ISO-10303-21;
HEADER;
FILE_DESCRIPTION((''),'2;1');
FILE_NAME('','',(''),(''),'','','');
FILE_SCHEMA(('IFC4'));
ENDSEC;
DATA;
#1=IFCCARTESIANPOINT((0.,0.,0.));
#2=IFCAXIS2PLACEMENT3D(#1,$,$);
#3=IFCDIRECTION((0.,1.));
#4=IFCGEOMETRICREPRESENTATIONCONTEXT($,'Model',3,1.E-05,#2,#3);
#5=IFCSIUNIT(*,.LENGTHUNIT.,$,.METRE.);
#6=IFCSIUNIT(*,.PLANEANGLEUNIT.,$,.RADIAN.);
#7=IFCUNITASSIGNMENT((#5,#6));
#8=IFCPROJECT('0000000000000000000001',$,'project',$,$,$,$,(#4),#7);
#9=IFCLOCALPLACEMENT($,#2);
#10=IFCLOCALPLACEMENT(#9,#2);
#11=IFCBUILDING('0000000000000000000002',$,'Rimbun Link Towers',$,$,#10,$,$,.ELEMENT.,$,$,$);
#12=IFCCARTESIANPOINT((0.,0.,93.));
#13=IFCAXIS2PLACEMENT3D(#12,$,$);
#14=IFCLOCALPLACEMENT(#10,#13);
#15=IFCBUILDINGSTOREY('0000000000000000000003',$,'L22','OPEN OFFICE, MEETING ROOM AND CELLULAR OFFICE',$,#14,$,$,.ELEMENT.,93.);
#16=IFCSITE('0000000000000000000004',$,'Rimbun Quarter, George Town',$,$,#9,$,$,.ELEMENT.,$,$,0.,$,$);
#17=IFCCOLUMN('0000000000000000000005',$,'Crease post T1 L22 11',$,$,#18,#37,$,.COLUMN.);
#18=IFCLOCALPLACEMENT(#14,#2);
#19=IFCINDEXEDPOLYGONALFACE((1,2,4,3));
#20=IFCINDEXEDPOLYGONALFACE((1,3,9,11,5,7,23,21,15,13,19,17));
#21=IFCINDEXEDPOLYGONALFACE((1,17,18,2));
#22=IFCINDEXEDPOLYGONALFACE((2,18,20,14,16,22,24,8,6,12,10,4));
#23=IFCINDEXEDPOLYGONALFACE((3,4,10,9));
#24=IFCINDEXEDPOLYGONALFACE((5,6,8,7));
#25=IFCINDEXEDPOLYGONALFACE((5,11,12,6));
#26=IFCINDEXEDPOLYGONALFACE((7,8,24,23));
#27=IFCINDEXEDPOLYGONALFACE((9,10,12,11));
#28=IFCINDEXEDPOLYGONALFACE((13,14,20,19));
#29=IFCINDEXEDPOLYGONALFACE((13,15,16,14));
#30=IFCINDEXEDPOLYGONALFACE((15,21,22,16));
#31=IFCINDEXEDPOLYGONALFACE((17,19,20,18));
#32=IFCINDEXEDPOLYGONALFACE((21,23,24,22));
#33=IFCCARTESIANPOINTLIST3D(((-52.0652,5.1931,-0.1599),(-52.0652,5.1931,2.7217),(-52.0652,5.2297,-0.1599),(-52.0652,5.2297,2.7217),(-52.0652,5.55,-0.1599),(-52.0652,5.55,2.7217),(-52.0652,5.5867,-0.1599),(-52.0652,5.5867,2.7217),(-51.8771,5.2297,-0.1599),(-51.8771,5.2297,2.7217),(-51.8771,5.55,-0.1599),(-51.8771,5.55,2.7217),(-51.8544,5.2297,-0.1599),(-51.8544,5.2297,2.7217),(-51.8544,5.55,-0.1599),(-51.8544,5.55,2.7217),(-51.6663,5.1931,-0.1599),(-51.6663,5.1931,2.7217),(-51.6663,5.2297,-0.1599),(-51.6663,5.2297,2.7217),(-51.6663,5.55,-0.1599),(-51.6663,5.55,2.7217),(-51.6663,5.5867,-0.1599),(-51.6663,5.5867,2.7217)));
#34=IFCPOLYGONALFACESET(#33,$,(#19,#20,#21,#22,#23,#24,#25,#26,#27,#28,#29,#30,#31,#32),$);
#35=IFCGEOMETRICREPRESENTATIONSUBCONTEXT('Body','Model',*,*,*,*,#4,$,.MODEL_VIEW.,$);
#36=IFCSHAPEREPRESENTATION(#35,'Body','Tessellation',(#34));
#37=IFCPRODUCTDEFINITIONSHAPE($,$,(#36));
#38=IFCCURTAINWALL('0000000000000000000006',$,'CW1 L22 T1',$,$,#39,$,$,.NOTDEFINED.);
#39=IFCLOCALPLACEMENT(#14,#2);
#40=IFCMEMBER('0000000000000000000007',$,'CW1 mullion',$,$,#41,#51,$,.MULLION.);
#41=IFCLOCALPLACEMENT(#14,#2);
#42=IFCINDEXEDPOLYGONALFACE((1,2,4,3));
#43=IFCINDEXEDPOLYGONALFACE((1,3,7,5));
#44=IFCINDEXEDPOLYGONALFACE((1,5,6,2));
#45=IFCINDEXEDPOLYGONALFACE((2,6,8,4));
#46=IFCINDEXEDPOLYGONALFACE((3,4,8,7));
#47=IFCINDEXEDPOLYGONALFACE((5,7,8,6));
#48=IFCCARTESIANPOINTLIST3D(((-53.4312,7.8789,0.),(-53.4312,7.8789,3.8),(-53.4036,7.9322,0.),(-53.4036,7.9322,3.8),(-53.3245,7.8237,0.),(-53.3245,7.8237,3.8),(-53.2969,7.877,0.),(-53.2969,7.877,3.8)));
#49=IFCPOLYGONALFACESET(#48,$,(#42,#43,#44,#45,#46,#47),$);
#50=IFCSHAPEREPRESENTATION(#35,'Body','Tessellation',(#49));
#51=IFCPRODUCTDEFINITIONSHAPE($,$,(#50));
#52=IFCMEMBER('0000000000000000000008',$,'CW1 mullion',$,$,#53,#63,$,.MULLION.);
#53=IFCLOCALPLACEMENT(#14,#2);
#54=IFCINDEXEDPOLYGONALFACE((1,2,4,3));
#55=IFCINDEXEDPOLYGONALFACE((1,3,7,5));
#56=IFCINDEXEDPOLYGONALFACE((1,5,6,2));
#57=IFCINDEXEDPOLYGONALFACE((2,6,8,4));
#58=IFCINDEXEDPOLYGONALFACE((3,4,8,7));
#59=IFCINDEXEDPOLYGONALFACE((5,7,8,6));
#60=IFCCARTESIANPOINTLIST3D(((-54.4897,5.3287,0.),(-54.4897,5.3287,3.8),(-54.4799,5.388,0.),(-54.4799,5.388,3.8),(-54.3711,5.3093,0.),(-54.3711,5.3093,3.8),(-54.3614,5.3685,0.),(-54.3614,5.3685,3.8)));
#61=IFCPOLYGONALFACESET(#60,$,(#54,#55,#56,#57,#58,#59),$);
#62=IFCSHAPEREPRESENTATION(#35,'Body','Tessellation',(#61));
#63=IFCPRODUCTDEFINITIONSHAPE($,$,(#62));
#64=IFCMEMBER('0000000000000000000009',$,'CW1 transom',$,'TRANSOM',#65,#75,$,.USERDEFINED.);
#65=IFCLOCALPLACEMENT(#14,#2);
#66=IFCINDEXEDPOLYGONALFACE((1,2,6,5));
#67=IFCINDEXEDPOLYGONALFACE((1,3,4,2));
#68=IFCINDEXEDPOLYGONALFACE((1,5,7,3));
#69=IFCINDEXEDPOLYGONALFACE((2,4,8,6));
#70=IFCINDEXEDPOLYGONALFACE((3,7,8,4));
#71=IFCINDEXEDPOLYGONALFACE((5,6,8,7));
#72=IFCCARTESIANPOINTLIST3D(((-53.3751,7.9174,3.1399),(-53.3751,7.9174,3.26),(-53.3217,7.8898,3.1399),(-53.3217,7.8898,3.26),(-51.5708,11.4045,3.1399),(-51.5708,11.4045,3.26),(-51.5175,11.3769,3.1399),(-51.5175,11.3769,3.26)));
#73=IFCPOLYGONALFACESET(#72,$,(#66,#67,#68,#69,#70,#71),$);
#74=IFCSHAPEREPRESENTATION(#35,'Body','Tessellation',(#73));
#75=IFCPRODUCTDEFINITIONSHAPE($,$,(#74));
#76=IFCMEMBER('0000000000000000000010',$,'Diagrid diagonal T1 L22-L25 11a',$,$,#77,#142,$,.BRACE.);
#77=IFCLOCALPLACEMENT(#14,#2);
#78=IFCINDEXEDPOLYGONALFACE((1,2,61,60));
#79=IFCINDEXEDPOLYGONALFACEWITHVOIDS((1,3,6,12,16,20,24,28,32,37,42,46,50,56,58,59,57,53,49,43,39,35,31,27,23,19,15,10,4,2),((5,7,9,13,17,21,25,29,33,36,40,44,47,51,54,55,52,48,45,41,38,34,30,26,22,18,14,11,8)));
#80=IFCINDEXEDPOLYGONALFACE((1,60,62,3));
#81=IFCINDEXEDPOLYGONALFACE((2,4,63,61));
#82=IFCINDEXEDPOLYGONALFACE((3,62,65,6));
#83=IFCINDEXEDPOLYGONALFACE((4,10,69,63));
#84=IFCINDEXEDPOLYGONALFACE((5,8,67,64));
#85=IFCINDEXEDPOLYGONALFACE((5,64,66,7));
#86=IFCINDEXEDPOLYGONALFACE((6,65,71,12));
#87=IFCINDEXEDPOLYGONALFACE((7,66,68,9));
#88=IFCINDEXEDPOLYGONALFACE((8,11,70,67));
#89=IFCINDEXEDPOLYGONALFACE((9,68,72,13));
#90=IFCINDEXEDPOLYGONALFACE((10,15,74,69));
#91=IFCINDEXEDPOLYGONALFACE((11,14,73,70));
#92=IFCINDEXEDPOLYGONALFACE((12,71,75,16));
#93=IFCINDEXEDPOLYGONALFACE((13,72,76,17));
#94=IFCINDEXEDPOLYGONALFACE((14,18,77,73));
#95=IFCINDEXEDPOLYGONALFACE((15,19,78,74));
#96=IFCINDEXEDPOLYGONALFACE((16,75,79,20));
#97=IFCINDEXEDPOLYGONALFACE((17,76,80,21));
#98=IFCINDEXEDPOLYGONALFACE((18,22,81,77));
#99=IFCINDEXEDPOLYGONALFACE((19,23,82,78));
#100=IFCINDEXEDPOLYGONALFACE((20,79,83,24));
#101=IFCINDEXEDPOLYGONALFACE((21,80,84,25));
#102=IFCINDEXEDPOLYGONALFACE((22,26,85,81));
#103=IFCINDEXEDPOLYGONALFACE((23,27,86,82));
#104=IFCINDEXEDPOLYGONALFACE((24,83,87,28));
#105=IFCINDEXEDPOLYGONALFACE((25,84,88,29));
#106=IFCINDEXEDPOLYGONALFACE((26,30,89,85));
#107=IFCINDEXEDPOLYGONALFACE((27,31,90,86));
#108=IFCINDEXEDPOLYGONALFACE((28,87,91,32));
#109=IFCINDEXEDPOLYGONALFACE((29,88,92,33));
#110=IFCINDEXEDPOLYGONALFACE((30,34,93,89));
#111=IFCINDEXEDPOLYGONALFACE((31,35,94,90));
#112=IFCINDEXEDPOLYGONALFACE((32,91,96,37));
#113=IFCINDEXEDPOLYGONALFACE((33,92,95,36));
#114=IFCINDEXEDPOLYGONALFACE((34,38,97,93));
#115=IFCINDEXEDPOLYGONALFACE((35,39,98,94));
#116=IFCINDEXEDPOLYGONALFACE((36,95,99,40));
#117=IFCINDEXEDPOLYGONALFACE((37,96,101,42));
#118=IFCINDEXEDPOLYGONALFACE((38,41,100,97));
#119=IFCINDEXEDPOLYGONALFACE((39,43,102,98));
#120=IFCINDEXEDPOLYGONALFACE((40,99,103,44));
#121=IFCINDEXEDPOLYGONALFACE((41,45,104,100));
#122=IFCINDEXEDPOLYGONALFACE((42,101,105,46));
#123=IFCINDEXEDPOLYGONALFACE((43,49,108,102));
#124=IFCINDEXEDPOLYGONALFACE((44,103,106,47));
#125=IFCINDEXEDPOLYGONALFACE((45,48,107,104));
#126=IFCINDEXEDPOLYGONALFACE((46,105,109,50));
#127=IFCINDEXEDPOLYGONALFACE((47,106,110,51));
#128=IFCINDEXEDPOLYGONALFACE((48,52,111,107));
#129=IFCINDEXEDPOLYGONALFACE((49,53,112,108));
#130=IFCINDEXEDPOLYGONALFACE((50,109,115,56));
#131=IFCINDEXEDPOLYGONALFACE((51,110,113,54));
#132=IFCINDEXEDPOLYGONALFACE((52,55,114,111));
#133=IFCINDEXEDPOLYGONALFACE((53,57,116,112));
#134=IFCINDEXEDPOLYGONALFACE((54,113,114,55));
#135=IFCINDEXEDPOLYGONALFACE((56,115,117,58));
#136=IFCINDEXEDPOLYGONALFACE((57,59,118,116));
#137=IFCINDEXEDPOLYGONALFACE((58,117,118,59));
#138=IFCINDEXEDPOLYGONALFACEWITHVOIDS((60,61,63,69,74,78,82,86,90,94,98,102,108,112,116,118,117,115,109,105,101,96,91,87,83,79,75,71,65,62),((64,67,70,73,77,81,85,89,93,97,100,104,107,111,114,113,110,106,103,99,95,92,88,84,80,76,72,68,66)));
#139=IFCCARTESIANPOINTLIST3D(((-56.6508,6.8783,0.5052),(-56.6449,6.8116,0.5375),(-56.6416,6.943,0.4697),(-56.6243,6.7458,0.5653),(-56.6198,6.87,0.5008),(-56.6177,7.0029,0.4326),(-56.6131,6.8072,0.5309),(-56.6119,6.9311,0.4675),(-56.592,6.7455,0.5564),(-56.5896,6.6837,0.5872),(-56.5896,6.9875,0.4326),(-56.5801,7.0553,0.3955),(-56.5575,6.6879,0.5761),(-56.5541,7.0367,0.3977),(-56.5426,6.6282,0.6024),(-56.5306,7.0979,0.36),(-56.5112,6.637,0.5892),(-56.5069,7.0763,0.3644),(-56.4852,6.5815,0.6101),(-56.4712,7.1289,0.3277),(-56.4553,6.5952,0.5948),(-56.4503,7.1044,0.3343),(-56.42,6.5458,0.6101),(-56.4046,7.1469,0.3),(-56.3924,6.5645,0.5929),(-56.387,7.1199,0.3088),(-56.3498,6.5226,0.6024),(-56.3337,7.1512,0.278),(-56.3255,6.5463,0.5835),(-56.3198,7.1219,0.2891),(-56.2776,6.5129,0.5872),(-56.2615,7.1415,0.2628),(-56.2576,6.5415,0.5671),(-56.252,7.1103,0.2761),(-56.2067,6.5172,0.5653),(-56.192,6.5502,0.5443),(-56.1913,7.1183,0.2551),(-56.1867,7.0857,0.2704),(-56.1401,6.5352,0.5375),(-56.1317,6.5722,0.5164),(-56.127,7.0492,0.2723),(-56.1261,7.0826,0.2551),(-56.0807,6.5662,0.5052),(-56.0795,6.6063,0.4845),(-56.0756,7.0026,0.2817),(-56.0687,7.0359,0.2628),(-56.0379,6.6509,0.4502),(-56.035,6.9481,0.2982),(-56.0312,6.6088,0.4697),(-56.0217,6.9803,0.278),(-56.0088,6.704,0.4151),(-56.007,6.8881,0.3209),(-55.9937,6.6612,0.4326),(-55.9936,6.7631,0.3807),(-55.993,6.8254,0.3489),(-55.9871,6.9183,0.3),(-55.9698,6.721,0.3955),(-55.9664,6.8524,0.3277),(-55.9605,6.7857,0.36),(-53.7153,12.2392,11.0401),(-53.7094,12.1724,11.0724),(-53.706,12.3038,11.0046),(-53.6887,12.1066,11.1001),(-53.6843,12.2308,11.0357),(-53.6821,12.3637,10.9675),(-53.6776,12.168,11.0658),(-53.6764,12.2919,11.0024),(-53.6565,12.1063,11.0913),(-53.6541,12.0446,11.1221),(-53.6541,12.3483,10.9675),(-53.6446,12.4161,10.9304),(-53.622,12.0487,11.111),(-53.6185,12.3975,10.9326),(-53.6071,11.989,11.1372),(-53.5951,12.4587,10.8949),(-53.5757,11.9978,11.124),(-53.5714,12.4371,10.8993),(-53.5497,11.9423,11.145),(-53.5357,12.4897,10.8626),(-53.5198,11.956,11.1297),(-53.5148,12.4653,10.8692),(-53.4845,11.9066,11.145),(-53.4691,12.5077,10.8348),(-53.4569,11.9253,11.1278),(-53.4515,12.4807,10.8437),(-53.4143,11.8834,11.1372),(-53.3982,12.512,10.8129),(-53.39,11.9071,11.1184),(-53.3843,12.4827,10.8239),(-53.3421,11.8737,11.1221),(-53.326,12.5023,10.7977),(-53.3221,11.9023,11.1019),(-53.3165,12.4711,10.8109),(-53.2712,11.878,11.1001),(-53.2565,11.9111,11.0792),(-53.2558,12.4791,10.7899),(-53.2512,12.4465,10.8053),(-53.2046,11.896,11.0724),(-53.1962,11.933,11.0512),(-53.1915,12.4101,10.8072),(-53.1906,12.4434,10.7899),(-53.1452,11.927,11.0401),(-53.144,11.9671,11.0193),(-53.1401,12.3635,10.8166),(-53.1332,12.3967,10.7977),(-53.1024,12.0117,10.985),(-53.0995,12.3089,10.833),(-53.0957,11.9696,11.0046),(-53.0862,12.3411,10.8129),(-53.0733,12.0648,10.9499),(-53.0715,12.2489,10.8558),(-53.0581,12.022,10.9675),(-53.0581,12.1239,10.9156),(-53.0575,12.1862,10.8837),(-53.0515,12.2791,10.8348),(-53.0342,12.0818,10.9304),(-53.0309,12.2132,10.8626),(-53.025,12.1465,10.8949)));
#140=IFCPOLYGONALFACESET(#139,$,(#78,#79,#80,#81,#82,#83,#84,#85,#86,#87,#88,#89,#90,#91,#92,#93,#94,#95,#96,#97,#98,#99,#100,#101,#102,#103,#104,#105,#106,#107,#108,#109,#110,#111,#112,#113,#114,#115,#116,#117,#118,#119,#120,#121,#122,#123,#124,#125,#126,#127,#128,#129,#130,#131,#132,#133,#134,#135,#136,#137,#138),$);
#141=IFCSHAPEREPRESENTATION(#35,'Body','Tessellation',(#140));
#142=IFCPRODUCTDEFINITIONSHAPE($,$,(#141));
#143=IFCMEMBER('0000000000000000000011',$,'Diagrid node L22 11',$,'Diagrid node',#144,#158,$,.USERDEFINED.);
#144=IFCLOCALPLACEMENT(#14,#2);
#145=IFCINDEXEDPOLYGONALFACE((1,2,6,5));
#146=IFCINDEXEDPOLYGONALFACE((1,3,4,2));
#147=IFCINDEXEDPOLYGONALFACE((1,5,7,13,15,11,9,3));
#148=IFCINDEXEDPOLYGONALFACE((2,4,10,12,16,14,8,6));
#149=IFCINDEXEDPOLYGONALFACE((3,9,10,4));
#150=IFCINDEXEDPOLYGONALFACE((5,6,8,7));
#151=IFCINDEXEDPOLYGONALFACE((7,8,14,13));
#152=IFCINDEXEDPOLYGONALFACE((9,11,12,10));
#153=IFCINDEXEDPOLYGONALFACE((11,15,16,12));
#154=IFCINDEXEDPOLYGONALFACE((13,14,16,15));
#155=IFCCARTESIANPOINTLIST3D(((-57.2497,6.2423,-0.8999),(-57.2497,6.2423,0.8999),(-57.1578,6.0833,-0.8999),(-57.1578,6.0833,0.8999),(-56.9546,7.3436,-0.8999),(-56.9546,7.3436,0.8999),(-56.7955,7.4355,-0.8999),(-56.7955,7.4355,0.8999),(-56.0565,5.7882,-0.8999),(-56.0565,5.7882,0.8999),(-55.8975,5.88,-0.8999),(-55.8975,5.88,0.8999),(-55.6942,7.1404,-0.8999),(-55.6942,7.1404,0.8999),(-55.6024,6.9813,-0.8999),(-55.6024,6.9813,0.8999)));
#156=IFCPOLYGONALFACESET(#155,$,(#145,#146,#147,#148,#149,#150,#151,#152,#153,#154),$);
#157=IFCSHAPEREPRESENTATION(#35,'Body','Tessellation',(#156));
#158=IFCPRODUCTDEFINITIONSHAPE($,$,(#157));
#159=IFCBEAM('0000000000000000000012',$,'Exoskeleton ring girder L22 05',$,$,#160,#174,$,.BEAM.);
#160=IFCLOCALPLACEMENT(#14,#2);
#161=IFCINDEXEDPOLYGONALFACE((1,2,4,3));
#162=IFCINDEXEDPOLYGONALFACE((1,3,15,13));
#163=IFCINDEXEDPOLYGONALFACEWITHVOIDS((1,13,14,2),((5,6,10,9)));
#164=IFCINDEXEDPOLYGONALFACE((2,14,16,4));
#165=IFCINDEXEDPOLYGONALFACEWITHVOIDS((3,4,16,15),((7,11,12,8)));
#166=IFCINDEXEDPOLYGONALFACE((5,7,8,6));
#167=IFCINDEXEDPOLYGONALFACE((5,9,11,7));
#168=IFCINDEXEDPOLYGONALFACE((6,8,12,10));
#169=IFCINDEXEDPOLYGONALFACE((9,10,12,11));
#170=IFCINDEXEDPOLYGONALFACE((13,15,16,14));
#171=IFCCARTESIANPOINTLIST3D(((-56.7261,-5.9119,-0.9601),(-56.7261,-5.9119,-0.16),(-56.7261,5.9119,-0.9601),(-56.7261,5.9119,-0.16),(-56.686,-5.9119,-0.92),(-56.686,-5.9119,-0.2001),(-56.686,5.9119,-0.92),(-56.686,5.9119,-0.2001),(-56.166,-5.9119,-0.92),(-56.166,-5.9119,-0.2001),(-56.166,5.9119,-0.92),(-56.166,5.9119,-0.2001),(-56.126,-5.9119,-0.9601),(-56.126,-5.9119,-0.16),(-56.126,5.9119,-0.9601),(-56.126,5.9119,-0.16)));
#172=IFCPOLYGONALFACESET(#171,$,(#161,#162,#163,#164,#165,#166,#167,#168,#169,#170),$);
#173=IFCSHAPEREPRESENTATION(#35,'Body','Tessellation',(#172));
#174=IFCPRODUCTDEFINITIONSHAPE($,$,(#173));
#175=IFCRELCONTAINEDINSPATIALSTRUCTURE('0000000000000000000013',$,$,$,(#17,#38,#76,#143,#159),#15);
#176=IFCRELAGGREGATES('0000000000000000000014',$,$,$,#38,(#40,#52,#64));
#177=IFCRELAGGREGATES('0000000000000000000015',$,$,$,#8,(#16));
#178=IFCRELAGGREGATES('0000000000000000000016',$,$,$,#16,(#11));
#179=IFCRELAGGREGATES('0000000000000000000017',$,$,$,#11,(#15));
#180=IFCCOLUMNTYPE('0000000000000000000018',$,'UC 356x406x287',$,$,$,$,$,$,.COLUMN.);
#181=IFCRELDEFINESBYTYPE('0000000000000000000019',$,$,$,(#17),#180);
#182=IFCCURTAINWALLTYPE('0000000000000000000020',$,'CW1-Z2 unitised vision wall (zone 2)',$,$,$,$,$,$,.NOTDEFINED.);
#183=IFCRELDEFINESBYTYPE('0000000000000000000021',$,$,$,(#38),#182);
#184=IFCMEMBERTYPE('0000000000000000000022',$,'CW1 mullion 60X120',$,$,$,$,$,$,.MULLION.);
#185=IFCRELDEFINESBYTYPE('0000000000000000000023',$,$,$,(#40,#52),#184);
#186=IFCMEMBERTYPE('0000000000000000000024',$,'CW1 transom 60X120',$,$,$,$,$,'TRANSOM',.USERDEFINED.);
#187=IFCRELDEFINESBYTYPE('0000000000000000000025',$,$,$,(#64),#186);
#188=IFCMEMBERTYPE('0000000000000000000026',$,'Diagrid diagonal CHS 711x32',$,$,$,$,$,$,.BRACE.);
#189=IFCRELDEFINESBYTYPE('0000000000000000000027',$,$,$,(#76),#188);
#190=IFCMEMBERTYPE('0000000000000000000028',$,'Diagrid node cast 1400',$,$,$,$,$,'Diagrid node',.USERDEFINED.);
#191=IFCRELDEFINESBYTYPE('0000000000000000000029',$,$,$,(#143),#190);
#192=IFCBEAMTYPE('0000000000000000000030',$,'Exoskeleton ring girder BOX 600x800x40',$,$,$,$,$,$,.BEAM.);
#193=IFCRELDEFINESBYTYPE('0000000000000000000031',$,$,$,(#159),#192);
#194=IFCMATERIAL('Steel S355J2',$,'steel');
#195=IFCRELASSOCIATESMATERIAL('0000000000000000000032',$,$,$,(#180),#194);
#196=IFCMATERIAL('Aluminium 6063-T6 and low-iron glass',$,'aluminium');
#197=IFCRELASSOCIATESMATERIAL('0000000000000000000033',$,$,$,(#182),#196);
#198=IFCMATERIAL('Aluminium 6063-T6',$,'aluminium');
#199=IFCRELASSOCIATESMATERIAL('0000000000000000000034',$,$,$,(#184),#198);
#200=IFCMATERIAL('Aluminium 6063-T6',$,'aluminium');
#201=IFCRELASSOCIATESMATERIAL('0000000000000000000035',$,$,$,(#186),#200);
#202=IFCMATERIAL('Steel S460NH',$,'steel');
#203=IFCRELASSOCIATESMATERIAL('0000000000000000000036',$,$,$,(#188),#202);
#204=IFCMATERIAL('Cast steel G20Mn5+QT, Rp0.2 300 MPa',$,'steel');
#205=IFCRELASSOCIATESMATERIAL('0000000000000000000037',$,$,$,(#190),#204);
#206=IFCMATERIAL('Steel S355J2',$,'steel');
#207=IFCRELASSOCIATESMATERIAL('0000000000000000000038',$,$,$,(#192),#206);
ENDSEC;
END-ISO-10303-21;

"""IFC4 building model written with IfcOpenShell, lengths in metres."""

from ifc_helpers import new_model, si_unit, direction, frame, origin, origin_2d, place, context, subcontext, project, spatial, polyline, rectangle, hollow_rectangle, hollow_circle, i_section, outline, extrude, material, material_profile, profile_set, type_object, element, aggregate, save


model = new_model("IFC4")

# Units and contexts
model_context = context("Model", 3, precision=1e-05, world=origin(), true_north=direction((0.0, 1.0)))
body_context = subcontext(model_context, "Body", "Model", "MODEL_VIEW")
ifc_project = project(units=[si_unit("LENGTHUNIT", "METRE"), si_unit("PLANEANGLEUNIT", "RADIAN")], contexts=[model_context])

# Site, building, storey
site_placement = place(None, origin())
site = spatial("IfcSite", under=ifc_project, at=site_placement, Name="Rimbun Quarter, George Town", CompositionType="ELEMENT", RefElevation=0.0)
building_placement = place(site_placement, origin())
building = spatial("IfcBuilding", under=site, at=building_placement, Name="Rimbun Link Towers", CompositionType="ELEMENT")
storey_placement = place(building_placement, frame((0.0, 0.0, 93.0)))
storey = spatial("IfcBuildingStorey", under=building, at=storey_placement, Name="L22", Description="OPEN OFFICE, MEETING ROOM AND CELLULAR OFFICE", CompositionType="ELEMENT", Elevation=93.0)

# Column
ifc_material_1 = material(Name="Steel S355J2", Category="steel")
ifc_material_profile_1 = material_profile(ifc_material_1, i_section(OverallWidth=0.3989, OverallDepth=0.3936, WebThickness=0.0227, FlangeThickness=0.0366, at=origin_2d()), Name="UC 356x406x287")
ifc_profile_set_1 = profile_set([ifc_material_profile_1], Name="Steel S355J2")
column_type = type_object("IfcColumnType", Name="UC 356x406x287", PredefinedType="COLUMN", material=ifc_profile_set_1)
column_placement = place(storey_placement, frame((-51.8657, 5.3899, -0.1599), z_axis=(0.0, 0.0, 1.0), x_axis=(1.0, 0.0, 0.0)))
element("IfcColumn", 1, at=column_placement, inside=storey, type_object=column_type, Name="Crease post T1 L22 11", PredefinedType="COLUMN", context=body_context, shape_type="SweptSolid", body=[
    extrude(i_section(OverallWidth=0.3989, OverallDepth=0.3936, WebThickness=0.0227, FlangeThickness=0.0366, at=origin_2d()), origin(), (0.0, 0.0, 1.0), 2.8816),
])

# Curtain wall, members
ifc_material_2 = material(Name="Aluminium 6063-T6 and low-iron glass", Category="aluminium")
curtain_wall_type = type_object("IfcCurtainWallType", Name="CW1-Z2 unitised vision wall (zone 2)", PredefinedType="NOTDEFINED", material=ifc_material_2)
curtain_wall_placement = place(storey_placement, origin())
curtain_wall = element("IfcCurtainWall", 2, at=curtain_wall_placement, inside=storey, type_object=curtain_wall_type, Name="CW1 L22 T1", PredefinedType="NOTDEFINED")
ifc_material_3 = material(Name="Aluminium 6063-T6", Category="aluminium")
ifc_material_profile_2 = material_profile(ifc_material_3, rectangle(XDim=0.1201, YDim=0.0601, at=origin_2d()), Name="MULLION 60X120")
ifc_profile_set_2 = profile_set([ifc_material_profile_2], Name="Aluminium 6063-T6")
member_type_1 = type_object("IfcMemberType", Name="CW1 mullion 60X120", PredefinedType="MULLION", material=ifc_profile_set_2)
member_1_placement = place(storey_placement, frame((-53.364, 7.8779, 0.0), z_axis=(0.0, 0.0, 1.0), x_axis=(-0.888149, 0.459556, 0.0)))
member_1 = element("IfcMember", 3, at=member_1_placement, type_object=member_type_1, Name="CW1 mullion", PredefinedType="MULLION", context=body_context, shape_type="SweptSolid", body=[
    extrude(rectangle(XDim=0.1201, YDim=0.0601, at=origin_2d()), origin(), (0.0, 0.0, 1.0), 3.8),
])
member_2_placement = place(storey_placement, frame((-54.4255, 5.3486, 0.0), z_axis=(0.0, 0.0, 1.0), x_axis=(-0.986748, 0.16226, 0.0)))
member_2 = element("IfcMember", 4, at=member_2_placement, type_object=member_type_1, Name="CW1 mullion", PredefinedType="MULLION", context=body_context, shape_type="SweptSolid", body=[
    extrude(rectangle(XDim=0.1201, YDim=0.0601, at=origin_2d()), origin(), (0.0, 0.0, 1.0), 3.8),
])
ifc_material_4 = material(Name="Aluminium 6063-T6", Category="aluminium")
ifc_material_profile_3 = material_profile(ifc_material_4, rectangle(XDim=0.0601, YDim=0.1201, at=origin_2d()), Name="TRANSOM 60X120")
ifc_profile_set_3 = profile_set([ifc_material_profile_3], Name="Aluminium 6063-T6")
member_type_2 = type_object("IfcMemberType", Name="CW1 transom 60X120", ElementType="TRANSOM", PredefinedType="USERDEFINED", material=ifc_profile_set_3)
member_3_placement = place(storey_placement, frame((-53.3484, 7.9036, 3.2), z_axis=(0.459533, 0.888161, 0.0), x_axis=(-0.888161, 0.459533, 0.0)))
member_3 = element("IfcMember", 5, at=member_3_placement, type_object=member_type_2, Name="CW1 transom", ObjectType="TRANSOM", PredefinedType="USERDEFINED", context=body_context, shape_type="SweptSolid", body=[
    extrude(rectangle(XDim=0.0601, YDim=0.1201, at=origin_2d()), origin(), (0.0, 0.0, 1.0), 3.9263),
])

# Members
ifc_material_5 = material(Name="Steel S460NH", Category="steel")
ifc_material_profile_4 = material_profile(ifc_material_5, hollow_circle(Radius=0.3557, WallThickness=0.032, at=origin_2d()), Name="Diagrid diagonal CHS 711x32")
ifc_profile_set_4 = profile_set([ifc_material_profile_4], Name="Steel S460NH")
member_type_3 = type_object("IfcMemberType", Name="Diagrid diagonal CHS 711x32", PredefinedType="BRACE", material=ifc_profile_set_4)
member_4_placement = place(storey_placement, frame((-56.3057, 6.832, 0.4326), z_axis=(0.241023, 0.440152, 0.86497), x_axis=(-0.877107, 0.480296, 0.0)))
element("IfcMember", 6, at=member_4_placement, inside=storey, type_object=member_type_3, Name="Diagrid diagonal T1 L22-L25 11a", PredefinedType="BRACE", context=body_context, shape_type="SweptSolid", body=[
    extrude(hollow_circle(Radius=0.3557, WallThickness=0.032, at=origin_2d()), origin(), (0.0, 0.0, 1.0), 12.1794),
])
ifc_material_6 = material(Name="Cast steel G20Mn5+QT, Rp0.2 300 MPa", Category="steel")
ifc_material_profile_5 = material_profile(ifc_material_6, outline(polyline([(0.7, -0.5701), (0.7, 0.5701), (0.5701, 0.7), (-0.5701, 0.7), (-0.7, 0.5701), (-0.7, -0.5701), (-0.5701, -0.7), (0.5701, -0.7), (0.7, -0.5701)])), Name="NODE 1400x1400")
ifc_profile_set_5 = profile_set([ifc_material_profile_5], Name="Cast steel G20Mn5+QT, Rp0.2 300 MPa")
member_type_4 = type_object("IfcMemberType", Name="Diagrid node cast 1400", ElementType="Diagrid node", PredefinedType="USERDEFINED", material=ifc_profile_set_5)
member_5_placement = place(storey_placement, frame((-56.426, 6.6118, -0.8999), z_axis=(0.0, 0.0, 1.0), x_axis=(-0.965926, 0.258819, 0.0)))
element("IfcMember", 7, at=member_5_placement, inside=storey, type_object=member_type_4, Name="Diagrid node L22 11", ObjectType="Diagrid node", PredefinedType="USERDEFINED", context=body_context, shape_type="SweptSolid", body=[
    extrude(outline(polyline([(0.7, -0.5701), (0.7, 0.5701), (0.5701, 0.7), (-0.5701, 0.7), (-0.7, 0.5701), (-0.7, -0.5701), (-0.5701, -0.7), (0.5701, -0.7), (0.7, -0.5701)])), origin(), (0.0, 0.0, 1.0), 1.7998),
])

# Beam
ifc_material_7 = material(Name="Steel S355J2", Category="steel")
ifc_material_profile_6 = material_profile(ifc_material_7, hollow_rectangle(XDim=0.6001, YDim=0.8, WallThickness=0.04, at=origin_2d()), Name="Exoskeleton ring girder BOX 600x800x40")
ifc_profile_set_6 = profile_set([ifc_material_profile_6], Name="Steel S355J2")
beam_type_1 = type_object("IfcBeamType", Name="Exoskeleton ring girder BOX 600x800x40", PredefinedType="BEAM", material=ifc_profile_set_6)
beam_1_placement = place(storey_placement, frame((-56.426, 5.9119, -0.5601), z_axis=(0.0, -1.0, 0.0), x_axis=(1.0, 0.0, 0.0)))
element("IfcBeam", 8, at=beam_1_placement, inside=storey, type_object=beam_type_1, Name="Exoskeleton ring girder L22 05", PredefinedType="BEAM", context=body_context, shape_type="SweptSolid", body=[
    extrude(hollow_rectangle(XDim=0.6001, YDim=0.8, WallThickness=0.04, at=origin_2d()), origin(), (0.0, 0.0, 1.0), 11.8237),
])

aggregate(curtain_wall, [member_1, member_2, member_3])

save(model, "model.ifc")
